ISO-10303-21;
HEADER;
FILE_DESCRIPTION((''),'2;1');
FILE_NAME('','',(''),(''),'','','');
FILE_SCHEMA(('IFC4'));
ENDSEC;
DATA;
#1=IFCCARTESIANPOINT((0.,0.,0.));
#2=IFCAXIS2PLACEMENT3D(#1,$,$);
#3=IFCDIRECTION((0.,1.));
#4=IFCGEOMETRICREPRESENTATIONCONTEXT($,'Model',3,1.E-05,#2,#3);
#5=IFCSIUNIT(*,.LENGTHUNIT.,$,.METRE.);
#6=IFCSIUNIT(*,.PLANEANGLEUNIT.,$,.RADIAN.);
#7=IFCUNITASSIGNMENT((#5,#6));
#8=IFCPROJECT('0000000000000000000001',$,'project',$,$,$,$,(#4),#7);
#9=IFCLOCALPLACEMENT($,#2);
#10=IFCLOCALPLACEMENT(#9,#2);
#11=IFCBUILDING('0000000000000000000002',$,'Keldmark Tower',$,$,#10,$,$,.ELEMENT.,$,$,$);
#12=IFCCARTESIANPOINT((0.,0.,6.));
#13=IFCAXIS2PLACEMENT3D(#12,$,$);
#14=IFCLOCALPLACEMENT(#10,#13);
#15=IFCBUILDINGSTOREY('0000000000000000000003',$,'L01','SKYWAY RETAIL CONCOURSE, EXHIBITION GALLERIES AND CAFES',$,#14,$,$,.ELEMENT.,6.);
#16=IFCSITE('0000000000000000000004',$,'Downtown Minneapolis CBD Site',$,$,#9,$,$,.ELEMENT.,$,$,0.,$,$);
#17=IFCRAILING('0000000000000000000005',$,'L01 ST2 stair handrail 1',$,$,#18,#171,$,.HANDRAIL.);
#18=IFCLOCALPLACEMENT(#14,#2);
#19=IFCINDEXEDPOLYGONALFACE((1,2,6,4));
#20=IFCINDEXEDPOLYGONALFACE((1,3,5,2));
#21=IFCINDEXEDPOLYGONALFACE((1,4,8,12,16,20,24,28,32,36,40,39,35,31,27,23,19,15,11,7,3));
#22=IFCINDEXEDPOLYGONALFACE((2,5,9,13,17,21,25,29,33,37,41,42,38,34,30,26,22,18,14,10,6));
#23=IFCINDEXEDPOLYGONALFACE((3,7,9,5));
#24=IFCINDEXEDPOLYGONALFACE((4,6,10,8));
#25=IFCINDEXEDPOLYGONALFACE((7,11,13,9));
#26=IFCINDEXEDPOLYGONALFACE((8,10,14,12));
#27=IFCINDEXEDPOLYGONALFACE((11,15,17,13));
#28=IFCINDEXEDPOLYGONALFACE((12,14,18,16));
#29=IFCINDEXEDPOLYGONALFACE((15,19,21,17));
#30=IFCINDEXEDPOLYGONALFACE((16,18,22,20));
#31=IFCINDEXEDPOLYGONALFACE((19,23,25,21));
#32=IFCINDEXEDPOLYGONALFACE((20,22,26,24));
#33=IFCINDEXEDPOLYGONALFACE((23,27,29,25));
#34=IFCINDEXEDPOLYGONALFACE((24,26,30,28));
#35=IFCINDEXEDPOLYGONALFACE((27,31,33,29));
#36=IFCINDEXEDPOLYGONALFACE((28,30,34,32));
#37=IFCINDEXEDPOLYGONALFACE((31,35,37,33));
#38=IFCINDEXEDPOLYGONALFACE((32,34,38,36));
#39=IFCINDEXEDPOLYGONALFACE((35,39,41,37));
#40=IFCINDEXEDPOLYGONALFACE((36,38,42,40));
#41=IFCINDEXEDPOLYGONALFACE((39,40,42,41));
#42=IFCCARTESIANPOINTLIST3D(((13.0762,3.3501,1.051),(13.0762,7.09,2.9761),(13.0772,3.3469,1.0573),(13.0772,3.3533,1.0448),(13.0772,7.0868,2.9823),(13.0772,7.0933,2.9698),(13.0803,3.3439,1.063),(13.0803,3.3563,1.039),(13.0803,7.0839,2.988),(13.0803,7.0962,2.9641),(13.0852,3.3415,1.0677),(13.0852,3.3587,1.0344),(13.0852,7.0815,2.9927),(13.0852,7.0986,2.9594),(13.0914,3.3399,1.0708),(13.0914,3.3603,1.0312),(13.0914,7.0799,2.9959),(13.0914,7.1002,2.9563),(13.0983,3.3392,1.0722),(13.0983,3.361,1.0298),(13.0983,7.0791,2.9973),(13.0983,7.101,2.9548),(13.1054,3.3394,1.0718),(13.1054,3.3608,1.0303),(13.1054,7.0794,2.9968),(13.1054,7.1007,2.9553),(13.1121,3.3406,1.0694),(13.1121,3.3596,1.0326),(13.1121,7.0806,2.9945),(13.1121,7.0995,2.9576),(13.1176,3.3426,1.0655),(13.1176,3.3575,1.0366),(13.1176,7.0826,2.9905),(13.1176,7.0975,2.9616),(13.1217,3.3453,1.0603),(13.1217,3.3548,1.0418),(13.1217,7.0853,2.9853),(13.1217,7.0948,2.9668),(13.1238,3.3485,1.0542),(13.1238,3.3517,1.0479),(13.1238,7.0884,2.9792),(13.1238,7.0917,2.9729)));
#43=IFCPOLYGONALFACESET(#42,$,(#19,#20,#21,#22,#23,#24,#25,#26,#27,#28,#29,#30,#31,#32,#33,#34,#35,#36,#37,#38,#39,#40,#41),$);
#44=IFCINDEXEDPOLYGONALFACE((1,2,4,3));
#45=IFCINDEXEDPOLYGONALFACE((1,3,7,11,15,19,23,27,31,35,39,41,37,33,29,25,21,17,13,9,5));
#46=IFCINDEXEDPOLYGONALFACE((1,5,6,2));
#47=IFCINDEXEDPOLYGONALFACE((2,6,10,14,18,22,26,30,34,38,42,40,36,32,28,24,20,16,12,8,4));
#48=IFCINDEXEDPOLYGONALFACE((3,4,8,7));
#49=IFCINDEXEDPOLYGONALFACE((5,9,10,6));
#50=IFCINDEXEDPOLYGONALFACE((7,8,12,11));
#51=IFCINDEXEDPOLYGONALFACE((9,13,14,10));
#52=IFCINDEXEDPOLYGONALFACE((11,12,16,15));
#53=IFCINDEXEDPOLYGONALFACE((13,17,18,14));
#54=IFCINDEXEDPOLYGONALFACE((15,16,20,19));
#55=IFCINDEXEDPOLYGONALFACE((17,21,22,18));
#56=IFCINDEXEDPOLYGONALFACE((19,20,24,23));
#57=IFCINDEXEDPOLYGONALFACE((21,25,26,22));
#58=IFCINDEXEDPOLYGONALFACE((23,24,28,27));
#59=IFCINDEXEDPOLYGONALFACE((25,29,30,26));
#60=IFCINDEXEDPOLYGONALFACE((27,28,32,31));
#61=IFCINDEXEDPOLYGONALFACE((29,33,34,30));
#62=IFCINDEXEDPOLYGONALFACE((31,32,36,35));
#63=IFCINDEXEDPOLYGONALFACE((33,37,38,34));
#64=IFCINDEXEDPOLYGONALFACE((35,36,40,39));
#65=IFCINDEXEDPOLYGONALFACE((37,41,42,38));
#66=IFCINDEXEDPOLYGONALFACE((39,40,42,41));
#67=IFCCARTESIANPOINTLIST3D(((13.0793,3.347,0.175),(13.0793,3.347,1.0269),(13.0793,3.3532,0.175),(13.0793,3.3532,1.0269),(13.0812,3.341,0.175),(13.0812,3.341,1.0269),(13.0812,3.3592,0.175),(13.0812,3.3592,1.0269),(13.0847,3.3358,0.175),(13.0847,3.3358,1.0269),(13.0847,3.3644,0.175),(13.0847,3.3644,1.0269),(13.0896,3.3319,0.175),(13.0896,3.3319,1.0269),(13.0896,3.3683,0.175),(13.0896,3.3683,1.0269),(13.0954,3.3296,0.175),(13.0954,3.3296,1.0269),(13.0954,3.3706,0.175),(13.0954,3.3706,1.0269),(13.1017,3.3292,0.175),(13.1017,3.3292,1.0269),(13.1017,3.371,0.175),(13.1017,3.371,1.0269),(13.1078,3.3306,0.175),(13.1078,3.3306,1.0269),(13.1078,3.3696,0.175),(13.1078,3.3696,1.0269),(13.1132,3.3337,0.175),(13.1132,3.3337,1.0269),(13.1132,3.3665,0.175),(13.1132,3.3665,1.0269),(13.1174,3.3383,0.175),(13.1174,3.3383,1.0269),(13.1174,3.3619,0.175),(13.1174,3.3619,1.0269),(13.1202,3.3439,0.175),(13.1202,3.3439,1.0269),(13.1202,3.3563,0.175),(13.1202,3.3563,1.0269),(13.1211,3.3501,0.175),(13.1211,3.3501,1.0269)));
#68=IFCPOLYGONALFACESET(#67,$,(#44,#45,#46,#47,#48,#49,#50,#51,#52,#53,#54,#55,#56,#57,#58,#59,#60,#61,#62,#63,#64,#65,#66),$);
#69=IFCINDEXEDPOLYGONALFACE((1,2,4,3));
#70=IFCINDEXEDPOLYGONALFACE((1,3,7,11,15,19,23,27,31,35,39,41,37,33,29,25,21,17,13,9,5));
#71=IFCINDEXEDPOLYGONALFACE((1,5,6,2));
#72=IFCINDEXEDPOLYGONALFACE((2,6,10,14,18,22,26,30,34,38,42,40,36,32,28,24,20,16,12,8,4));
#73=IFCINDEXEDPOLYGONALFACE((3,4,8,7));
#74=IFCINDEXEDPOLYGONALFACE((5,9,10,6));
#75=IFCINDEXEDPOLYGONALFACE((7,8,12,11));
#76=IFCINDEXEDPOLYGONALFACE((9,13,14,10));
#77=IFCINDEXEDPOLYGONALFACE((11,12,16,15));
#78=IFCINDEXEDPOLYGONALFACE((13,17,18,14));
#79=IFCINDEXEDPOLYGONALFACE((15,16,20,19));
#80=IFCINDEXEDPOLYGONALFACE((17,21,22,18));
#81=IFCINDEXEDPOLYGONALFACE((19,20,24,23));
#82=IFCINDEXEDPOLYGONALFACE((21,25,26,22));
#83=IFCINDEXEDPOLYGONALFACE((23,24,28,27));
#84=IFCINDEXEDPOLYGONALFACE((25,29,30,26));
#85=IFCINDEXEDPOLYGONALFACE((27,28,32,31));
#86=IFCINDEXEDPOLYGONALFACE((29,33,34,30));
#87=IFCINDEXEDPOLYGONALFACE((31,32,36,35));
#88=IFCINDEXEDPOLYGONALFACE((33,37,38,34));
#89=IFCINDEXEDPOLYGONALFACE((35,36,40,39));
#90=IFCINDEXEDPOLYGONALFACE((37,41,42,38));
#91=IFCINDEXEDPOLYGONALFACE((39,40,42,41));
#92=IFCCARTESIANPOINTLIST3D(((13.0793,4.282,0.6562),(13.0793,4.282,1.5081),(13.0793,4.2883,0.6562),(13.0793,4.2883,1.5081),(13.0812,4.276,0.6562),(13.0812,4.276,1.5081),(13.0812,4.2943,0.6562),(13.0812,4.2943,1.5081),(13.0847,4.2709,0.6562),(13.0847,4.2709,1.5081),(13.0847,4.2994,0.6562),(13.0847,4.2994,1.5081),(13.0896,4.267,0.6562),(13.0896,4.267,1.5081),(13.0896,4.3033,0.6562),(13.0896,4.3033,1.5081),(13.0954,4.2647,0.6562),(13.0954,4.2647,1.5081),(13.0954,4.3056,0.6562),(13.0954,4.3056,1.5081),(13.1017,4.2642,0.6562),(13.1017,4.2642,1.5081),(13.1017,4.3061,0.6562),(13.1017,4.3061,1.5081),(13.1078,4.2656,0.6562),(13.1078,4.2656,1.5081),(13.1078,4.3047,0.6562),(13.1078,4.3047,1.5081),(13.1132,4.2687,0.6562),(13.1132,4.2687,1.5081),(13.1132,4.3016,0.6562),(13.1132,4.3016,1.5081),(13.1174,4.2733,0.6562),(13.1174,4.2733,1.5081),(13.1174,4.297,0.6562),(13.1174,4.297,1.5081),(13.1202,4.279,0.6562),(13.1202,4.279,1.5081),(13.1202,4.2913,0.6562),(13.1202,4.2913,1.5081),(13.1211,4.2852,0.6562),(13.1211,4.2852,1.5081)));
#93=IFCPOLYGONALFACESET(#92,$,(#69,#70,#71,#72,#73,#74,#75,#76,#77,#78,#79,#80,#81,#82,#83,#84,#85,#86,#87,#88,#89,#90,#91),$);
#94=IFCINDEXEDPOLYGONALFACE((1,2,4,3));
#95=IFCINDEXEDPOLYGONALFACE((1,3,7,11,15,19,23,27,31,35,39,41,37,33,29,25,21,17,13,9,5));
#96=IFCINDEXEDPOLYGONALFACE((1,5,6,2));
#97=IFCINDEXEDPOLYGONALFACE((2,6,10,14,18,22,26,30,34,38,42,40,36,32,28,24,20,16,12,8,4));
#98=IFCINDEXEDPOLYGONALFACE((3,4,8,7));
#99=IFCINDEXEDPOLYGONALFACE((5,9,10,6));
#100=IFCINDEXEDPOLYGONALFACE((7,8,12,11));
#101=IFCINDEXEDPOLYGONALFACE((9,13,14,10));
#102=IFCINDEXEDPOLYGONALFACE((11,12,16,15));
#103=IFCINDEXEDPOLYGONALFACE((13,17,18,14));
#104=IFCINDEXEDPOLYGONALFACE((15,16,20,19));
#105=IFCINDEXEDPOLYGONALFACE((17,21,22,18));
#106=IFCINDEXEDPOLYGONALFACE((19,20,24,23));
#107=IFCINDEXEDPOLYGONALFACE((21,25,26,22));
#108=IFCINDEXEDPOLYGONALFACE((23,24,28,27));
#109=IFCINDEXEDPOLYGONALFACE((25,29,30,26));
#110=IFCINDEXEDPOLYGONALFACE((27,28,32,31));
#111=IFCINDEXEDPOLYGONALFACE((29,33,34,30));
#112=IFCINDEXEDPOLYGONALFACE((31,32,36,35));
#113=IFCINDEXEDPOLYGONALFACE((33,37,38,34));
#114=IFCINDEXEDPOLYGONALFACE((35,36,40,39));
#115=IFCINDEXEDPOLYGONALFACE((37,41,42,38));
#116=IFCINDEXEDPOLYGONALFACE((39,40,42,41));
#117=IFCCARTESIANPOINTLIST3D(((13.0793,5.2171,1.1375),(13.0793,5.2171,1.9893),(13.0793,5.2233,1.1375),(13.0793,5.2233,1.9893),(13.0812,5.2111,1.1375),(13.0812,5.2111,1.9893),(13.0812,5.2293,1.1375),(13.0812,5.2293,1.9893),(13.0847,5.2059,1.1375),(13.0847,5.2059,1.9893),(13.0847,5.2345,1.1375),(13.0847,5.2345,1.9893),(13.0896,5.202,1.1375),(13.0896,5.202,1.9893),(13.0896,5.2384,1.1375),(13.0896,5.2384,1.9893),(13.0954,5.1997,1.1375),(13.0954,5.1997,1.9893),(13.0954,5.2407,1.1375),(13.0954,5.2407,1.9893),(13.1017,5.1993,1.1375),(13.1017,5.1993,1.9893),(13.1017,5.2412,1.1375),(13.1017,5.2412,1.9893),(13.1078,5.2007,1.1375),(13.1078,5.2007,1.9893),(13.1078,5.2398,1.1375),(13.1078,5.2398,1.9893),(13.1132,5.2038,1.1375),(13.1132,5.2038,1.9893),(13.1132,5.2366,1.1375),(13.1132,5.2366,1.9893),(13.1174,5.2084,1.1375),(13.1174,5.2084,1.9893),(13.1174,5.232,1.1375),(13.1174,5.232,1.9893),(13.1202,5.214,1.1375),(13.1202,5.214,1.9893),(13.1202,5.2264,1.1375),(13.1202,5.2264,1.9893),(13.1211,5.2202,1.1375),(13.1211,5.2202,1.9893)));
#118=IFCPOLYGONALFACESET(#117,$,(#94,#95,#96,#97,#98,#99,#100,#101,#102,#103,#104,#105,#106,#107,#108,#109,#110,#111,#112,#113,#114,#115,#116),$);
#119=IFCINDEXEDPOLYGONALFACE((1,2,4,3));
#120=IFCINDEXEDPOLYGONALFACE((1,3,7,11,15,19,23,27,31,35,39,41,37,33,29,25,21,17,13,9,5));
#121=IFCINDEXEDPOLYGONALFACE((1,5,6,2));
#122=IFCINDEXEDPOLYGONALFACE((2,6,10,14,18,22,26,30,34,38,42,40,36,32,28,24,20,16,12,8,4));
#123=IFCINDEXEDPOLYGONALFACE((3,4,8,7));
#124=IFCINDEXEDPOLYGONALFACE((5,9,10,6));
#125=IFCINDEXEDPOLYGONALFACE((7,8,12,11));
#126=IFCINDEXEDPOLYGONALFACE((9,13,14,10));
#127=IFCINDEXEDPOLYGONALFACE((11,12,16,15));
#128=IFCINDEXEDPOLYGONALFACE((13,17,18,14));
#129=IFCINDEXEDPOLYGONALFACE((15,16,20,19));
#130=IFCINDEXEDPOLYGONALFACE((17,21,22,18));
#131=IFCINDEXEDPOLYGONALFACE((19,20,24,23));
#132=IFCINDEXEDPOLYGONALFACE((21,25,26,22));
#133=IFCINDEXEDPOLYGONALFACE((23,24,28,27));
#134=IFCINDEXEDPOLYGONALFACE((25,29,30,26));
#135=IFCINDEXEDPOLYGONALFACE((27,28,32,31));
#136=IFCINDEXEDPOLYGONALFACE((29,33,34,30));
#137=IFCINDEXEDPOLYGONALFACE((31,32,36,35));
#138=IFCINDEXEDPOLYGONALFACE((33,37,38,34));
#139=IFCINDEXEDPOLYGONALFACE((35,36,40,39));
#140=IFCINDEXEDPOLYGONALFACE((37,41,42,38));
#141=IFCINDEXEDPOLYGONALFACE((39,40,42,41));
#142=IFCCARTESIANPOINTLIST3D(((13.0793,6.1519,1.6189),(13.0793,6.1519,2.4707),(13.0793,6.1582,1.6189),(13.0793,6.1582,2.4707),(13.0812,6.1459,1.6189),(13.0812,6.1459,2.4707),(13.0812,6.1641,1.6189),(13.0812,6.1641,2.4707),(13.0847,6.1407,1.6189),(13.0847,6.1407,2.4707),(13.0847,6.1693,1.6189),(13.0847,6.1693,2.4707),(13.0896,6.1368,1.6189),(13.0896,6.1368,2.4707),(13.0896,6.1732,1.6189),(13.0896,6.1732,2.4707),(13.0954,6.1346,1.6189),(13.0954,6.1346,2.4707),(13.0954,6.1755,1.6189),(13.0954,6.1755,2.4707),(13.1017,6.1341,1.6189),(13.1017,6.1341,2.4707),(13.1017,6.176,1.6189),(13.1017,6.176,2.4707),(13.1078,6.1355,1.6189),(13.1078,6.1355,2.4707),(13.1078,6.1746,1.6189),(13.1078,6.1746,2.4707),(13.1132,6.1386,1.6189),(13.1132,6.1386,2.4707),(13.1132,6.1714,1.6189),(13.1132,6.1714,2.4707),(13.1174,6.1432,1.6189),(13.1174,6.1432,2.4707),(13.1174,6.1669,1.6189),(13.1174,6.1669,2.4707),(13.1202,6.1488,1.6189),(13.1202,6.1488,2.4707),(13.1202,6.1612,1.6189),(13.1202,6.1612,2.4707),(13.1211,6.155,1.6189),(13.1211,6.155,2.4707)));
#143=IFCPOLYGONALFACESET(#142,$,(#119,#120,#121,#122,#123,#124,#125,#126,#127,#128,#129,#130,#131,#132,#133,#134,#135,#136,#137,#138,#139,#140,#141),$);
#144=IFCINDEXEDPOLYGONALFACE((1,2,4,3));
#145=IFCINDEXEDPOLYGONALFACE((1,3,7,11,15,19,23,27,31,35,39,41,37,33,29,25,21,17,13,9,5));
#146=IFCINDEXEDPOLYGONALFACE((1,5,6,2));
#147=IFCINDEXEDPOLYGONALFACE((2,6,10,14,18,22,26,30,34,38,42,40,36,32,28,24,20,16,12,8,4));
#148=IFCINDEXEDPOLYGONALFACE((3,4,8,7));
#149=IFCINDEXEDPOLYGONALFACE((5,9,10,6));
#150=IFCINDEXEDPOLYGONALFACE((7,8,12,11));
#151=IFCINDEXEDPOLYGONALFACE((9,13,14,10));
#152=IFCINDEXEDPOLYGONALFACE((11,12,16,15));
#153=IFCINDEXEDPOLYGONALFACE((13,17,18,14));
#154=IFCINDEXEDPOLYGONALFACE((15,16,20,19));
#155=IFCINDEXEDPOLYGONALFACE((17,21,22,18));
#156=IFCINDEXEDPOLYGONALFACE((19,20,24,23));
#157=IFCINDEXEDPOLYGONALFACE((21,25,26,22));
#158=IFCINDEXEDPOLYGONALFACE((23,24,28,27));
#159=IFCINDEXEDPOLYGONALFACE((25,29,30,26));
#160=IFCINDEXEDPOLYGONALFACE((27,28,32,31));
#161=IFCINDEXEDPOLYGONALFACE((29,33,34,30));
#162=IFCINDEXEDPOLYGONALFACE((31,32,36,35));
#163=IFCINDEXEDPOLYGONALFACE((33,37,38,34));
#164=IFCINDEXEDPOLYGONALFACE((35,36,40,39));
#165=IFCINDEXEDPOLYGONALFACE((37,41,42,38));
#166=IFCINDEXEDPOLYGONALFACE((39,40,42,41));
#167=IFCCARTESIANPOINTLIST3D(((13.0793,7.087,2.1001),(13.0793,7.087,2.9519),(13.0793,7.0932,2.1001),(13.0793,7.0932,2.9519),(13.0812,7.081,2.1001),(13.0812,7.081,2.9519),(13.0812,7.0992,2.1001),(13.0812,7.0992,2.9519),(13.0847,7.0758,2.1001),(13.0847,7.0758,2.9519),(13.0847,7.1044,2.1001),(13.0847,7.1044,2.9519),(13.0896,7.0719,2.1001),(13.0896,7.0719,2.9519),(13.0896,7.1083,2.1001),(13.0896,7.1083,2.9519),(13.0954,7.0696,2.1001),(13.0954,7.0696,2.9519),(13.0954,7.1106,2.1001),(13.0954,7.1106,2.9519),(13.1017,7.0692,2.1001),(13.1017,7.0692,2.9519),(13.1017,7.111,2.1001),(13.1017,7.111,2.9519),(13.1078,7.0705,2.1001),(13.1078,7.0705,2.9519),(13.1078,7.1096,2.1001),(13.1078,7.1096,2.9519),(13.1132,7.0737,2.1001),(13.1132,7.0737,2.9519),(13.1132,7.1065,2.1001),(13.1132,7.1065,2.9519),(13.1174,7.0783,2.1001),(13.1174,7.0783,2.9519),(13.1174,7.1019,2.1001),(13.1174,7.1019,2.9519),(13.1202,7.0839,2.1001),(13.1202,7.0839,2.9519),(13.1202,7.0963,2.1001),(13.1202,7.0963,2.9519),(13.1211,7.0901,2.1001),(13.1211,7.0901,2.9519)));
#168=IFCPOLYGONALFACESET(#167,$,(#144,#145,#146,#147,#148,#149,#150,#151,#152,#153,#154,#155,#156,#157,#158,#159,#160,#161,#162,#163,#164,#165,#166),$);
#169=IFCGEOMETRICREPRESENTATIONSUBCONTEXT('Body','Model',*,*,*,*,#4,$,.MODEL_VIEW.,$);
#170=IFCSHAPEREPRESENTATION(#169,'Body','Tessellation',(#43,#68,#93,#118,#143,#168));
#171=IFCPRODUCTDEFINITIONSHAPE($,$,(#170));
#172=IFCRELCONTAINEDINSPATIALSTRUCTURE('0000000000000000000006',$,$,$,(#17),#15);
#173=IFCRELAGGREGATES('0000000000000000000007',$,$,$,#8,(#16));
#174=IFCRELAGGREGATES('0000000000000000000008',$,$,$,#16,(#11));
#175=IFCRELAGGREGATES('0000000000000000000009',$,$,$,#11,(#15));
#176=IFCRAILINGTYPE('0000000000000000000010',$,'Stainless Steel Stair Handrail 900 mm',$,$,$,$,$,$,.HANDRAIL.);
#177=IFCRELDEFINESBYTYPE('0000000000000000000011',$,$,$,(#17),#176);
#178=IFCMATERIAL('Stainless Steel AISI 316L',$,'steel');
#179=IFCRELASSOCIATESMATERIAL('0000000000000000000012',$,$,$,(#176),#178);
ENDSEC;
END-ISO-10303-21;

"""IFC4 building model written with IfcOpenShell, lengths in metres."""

from ifc_helpers import new_model, si_unit, direction, frame, origin, origin_2d, place, context, subcontext, project, spatial, circle, extrude, material, type_object, element, save


model = new_model("IFC4")

# Units and contexts
model_context = context("Model", 3, precision=1e-05, world=origin(), true_north=direction((0.0, 1.0)))
body_context = subcontext(model_context, "Body", "Model", "MODEL_VIEW")
ifc_project = project(units=[si_unit("LENGTHUNIT", "METRE"), si_unit("PLANEANGLEUNIT", "RADIAN")], contexts=[model_context])

# Site, building, storey
site_placement = place(None, origin())
site = spatial("IfcSite", under=ifc_project, at=site_placement, Name="Downtown Minneapolis CBD Site", CompositionType="ELEMENT", RefElevation=0.0)
building_placement = place(site_placement, origin())
building = spatial("IfcBuilding", under=site, at=building_placement, Name="Keldmark Tower", CompositionType="ELEMENT")
storey_placement = place(building_placement, frame((0.0, 0.0, 6.0)))
storey = spatial("IfcBuildingStorey", under=building, at=storey_placement, Name="L01", Description="SKYWAY RETAIL CONCOURSE, EXHIBITION GALLERIES AND CAFES", CompositionType="ELEMENT", Elevation=6.0)

# Railing
ifc_material_1 = material(Name="Stainless Steel AISI 316L", Category="steel")
railing_type_1 = type_object("IfcRailingType", Name="Stainless Steel Stair Handrail 900 mm", PredefinedType="HANDRAIL", material=ifc_material_1)
railing_1_placement = place(storey_placement, frame((13.1001, 3.3501, 0.175)))
element("IfcRailing", 1, at=railing_1_placement, inside=storey, type_object=railing_type_1, Name="L01 ST2 stair handrail 1", PredefinedType="HANDRAIL", context=body_context, shape_type="SweptSolid", body=[
    extrude(circle(Radius=0.0239, at=origin_2d()), frame((0.0, 0.0, 0.876), z_axis=(0.0, 0.889131, 0.457654), x_axis=(-1.0, 0.0, 0.0)), (0.0, 0.0, 1.0), 4.2063),
    extrude(circle(Radius=0.021, at=origin_2d()), origin(), (0.0, 0.0, 1.0), 0.8518),
    extrude(circle(Radius=0.021, at=origin_2d()), frame((0.0, 0.9351, 0.4812)), (0.0, 0.0, 1.0), 0.8518),
    extrude(circle(Radius=0.021, at=origin_2d()), frame((0.0, 1.8701, 0.9624)), (0.0, 0.0, 1.0), 0.8518),
    extrude(circle(Radius=0.021, at=origin_2d()), frame((0.0, 2.8049, 1.4438)), (0.0, 0.0, 1.0), 0.8518),
    extrude(circle(Radius=0.021, at=origin_2d()), frame((0.0, 3.74, 1.925)), (0.0, 0.0, 1.0), 0.8518),
])

save(model, "model.ifc")
